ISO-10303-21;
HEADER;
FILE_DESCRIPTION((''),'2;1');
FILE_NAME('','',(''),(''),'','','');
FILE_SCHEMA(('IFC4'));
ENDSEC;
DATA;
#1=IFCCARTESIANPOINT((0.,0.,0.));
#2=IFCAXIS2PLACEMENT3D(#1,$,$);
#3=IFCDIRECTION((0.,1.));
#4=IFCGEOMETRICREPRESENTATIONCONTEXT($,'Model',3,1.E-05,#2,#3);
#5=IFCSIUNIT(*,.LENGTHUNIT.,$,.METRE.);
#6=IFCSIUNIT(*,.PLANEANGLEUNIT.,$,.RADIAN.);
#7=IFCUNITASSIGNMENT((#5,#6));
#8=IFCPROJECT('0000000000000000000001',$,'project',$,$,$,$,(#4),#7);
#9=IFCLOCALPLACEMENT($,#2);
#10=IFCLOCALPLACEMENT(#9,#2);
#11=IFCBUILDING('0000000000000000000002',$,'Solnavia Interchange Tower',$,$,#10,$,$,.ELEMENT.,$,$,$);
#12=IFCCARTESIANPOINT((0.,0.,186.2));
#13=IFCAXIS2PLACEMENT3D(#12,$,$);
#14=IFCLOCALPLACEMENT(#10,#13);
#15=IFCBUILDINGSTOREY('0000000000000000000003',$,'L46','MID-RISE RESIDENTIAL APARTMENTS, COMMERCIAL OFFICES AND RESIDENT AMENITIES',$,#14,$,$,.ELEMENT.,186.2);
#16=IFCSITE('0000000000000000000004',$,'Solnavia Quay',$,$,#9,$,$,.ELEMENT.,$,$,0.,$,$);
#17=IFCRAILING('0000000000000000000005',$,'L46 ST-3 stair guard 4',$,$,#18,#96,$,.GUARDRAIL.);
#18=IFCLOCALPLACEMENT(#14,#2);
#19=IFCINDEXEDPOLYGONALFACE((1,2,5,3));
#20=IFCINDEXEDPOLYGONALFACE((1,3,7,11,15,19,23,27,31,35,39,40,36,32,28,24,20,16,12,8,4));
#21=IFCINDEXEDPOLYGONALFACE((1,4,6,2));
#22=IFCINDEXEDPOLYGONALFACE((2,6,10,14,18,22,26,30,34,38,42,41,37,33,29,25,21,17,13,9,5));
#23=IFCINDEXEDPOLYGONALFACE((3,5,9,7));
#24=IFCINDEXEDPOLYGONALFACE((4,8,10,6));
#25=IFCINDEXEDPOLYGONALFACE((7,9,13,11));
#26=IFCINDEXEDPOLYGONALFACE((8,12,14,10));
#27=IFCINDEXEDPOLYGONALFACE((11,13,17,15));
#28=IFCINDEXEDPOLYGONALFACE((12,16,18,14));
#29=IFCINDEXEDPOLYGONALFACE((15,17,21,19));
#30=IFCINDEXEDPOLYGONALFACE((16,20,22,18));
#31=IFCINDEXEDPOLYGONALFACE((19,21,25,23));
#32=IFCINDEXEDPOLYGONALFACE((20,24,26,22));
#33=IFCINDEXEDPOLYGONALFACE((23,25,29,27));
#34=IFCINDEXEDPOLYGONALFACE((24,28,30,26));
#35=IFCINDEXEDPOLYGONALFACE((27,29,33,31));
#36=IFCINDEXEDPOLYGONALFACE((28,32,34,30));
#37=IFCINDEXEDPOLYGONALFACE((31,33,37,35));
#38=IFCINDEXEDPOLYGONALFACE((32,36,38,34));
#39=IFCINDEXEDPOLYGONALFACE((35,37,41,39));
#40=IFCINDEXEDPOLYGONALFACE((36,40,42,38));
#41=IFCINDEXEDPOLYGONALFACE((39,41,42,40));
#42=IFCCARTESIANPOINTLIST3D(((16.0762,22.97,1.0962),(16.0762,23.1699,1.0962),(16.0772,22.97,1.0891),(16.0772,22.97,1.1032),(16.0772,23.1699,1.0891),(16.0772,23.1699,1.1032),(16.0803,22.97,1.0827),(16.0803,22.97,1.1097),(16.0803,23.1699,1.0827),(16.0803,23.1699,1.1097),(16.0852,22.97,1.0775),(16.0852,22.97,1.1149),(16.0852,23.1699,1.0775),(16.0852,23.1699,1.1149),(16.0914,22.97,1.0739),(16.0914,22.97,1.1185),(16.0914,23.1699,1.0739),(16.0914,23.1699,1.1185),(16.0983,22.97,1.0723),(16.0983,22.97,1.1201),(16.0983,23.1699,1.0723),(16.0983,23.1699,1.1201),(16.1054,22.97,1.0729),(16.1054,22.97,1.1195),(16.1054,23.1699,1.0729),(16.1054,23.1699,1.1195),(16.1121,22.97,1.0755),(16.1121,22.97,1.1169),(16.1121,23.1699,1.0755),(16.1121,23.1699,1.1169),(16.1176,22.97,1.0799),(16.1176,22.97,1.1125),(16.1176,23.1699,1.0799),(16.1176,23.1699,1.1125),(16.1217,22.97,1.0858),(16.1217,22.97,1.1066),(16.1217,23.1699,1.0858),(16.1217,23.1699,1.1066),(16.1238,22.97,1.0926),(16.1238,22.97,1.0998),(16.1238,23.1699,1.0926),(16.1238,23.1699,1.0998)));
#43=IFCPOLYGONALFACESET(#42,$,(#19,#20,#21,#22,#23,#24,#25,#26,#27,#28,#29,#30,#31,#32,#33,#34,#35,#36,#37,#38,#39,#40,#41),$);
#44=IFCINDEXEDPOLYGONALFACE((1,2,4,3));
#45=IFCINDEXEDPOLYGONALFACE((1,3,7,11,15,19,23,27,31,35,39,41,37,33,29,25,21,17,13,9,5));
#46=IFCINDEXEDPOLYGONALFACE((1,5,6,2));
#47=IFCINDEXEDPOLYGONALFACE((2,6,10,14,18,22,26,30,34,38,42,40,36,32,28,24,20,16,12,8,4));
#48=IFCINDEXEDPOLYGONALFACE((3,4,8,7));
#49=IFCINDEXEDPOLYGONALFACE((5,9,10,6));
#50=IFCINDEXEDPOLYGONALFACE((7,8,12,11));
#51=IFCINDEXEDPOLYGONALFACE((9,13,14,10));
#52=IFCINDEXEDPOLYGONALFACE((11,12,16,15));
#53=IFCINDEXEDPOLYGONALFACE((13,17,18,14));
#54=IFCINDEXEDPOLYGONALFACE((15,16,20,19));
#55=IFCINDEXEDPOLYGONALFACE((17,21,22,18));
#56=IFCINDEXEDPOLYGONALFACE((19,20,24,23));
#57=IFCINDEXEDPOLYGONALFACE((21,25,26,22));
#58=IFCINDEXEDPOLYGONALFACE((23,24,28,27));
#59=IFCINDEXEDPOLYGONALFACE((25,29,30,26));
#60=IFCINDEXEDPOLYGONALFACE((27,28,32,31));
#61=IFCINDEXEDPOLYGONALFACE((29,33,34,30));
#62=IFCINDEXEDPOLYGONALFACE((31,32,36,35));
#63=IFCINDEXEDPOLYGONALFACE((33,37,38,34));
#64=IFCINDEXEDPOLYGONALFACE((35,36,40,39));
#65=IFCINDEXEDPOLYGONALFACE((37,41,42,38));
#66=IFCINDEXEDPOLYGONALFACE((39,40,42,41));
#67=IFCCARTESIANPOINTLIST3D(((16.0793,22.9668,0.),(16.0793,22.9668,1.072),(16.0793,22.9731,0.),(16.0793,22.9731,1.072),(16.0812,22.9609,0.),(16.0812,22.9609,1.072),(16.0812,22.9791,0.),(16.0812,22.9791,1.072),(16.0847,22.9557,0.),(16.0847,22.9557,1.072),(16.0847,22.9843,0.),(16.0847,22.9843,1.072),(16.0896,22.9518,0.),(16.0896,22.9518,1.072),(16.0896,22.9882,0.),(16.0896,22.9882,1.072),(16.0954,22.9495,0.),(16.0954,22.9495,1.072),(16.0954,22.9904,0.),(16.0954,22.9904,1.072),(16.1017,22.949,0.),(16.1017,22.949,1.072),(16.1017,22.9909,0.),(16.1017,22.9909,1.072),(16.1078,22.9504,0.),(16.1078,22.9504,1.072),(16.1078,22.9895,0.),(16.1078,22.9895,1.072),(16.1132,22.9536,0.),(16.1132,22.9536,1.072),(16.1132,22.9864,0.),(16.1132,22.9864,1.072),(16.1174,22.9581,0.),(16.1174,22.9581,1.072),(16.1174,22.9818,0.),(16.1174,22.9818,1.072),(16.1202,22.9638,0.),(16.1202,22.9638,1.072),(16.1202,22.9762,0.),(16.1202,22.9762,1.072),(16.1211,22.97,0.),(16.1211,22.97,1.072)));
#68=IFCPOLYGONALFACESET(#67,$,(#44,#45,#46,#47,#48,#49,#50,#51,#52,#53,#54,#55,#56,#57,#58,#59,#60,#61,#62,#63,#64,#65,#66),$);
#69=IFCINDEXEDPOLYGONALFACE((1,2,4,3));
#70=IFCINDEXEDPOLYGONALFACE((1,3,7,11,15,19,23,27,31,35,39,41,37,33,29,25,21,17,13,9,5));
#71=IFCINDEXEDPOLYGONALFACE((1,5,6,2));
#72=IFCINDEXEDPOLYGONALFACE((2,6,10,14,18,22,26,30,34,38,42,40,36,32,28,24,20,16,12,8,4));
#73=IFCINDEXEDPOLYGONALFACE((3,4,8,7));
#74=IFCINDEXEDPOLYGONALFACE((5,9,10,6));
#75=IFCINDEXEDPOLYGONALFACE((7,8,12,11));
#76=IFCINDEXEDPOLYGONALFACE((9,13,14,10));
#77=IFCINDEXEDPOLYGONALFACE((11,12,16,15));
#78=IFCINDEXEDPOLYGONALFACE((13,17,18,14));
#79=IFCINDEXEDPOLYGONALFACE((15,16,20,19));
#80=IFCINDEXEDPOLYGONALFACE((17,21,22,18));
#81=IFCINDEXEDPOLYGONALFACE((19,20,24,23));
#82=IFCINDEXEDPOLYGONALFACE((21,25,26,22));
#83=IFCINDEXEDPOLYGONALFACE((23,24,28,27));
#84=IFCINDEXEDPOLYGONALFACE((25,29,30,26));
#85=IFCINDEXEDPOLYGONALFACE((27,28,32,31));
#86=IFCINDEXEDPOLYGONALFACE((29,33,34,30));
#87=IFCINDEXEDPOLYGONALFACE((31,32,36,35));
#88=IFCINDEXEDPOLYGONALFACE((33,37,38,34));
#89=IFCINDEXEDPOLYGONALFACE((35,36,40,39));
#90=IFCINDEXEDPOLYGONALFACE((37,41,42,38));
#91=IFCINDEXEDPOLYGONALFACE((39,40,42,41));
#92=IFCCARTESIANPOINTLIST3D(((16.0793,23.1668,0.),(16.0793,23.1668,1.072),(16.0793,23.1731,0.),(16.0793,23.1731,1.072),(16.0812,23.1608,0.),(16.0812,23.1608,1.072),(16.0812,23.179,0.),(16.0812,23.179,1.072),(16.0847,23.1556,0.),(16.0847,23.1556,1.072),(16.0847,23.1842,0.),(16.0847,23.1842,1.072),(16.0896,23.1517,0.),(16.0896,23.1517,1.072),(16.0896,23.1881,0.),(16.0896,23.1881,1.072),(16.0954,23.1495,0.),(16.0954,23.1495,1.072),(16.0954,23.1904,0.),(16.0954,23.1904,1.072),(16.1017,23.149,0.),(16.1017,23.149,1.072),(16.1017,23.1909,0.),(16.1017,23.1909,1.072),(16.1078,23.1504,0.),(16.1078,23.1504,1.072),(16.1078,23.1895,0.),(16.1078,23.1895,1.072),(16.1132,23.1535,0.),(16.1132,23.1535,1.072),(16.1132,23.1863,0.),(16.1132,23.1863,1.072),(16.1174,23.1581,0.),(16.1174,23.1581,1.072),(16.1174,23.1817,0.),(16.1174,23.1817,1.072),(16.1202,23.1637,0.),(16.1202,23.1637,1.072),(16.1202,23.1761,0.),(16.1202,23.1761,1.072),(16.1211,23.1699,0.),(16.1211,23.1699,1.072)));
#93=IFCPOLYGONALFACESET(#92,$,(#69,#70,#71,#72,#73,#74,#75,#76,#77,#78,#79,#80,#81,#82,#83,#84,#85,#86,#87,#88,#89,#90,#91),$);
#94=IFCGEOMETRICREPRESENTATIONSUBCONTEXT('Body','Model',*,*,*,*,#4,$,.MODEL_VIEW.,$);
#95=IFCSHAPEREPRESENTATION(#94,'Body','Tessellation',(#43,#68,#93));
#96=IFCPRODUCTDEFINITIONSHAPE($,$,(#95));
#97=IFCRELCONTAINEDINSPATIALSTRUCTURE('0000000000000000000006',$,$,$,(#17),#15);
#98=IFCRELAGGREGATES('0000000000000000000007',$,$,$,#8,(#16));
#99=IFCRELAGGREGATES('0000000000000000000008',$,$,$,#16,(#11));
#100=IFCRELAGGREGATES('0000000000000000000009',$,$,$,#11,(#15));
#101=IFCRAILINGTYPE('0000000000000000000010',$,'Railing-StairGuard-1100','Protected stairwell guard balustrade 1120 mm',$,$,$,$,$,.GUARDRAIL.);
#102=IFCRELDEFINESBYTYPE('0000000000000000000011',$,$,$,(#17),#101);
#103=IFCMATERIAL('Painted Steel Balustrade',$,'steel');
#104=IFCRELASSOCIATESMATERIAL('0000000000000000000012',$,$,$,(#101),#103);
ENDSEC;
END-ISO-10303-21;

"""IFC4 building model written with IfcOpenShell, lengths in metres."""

from ifc_helpers import new_model, si_unit, direction, frame, origin, origin_2d, place, context, subcontext, project, spatial, circle, extrude, material, type_object, element, save


model = new_model("IFC4")

# Units and contexts
model_context = context("Model", 3, precision=1e-05, world=origin(), true_north=direction((0.0, 1.0)))
body_context = subcontext(model_context, "Body", "Model", "MODEL_VIEW")
ifc_project = project(units=[si_unit("LENGTHUNIT", "METRE"), si_unit("PLANEANGLEUNIT", "RADIAN")], contexts=[model_context])

# Site, building, storey
site_placement = place(None, origin())
site = spatial("IfcSite", under=ifc_project, at=site_placement, Name="Solnavia Quay", CompositionType="ELEMENT", RefElevation=0.0)
building_placement = place(site_placement, origin())
building = spatial("IfcBuilding", under=site, at=building_placement, Name="Solnavia Interchange Tower", CompositionType="ELEMENT")
storey_placement = place(building_placement, frame((0.0, 0.0, 186.2)))
storey = spatial("IfcBuildingStorey", under=building, at=storey_placement, Name="L46", Description="MID-RISE RESIDENTIAL APARTMENTS, COMMERCIAL OFFICES AND RESIDENT AMENITIES", CompositionType="ELEMENT", Elevation=186.2)

# Railing
ifc_material_1 = material(Name="Painted Steel Balustrade", Category="steel")
railing_type_1 = type_object("IfcRailingType", Name="Railing-StairGuard-1100", Description="Protected stairwell guard balustrade 1120 mm", PredefinedType="GUARDRAIL", material=ifc_material_1)
railing_1_placement = place(storey_placement, frame((16.1001, 22.97, 0.0)))
element("IfcRailing", 1, at=railing_1_placement, inside=storey, type_object=railing_type_1, Name="L46 ST-3 stair guard 4", PredefinedType="GUARDRAIL", context=body_context, shape_type="SweptSolid", body=[
    extrude(circle(Radius=0.0239, at=origin_2d()), frame((0.0, 0.0, 1.0962), z_axis=(0.0, 1.0, 0.0), x_axis=(-1.0, 0.0, 0.0)), (0.0, 0.0, 1.0), 0.2),
    extrude(circle(Radius=0.021, at=origin_2d()), origin(), (0.0, 0.0, 1.0), 1.072),
    extrude(circle(Radius=0.021, at=origin_2d()), frame((0.0, 0.2, 0.0)), (0.0, 0.0, 1.0), 1.072),
])

save(model, "model.ifc")
